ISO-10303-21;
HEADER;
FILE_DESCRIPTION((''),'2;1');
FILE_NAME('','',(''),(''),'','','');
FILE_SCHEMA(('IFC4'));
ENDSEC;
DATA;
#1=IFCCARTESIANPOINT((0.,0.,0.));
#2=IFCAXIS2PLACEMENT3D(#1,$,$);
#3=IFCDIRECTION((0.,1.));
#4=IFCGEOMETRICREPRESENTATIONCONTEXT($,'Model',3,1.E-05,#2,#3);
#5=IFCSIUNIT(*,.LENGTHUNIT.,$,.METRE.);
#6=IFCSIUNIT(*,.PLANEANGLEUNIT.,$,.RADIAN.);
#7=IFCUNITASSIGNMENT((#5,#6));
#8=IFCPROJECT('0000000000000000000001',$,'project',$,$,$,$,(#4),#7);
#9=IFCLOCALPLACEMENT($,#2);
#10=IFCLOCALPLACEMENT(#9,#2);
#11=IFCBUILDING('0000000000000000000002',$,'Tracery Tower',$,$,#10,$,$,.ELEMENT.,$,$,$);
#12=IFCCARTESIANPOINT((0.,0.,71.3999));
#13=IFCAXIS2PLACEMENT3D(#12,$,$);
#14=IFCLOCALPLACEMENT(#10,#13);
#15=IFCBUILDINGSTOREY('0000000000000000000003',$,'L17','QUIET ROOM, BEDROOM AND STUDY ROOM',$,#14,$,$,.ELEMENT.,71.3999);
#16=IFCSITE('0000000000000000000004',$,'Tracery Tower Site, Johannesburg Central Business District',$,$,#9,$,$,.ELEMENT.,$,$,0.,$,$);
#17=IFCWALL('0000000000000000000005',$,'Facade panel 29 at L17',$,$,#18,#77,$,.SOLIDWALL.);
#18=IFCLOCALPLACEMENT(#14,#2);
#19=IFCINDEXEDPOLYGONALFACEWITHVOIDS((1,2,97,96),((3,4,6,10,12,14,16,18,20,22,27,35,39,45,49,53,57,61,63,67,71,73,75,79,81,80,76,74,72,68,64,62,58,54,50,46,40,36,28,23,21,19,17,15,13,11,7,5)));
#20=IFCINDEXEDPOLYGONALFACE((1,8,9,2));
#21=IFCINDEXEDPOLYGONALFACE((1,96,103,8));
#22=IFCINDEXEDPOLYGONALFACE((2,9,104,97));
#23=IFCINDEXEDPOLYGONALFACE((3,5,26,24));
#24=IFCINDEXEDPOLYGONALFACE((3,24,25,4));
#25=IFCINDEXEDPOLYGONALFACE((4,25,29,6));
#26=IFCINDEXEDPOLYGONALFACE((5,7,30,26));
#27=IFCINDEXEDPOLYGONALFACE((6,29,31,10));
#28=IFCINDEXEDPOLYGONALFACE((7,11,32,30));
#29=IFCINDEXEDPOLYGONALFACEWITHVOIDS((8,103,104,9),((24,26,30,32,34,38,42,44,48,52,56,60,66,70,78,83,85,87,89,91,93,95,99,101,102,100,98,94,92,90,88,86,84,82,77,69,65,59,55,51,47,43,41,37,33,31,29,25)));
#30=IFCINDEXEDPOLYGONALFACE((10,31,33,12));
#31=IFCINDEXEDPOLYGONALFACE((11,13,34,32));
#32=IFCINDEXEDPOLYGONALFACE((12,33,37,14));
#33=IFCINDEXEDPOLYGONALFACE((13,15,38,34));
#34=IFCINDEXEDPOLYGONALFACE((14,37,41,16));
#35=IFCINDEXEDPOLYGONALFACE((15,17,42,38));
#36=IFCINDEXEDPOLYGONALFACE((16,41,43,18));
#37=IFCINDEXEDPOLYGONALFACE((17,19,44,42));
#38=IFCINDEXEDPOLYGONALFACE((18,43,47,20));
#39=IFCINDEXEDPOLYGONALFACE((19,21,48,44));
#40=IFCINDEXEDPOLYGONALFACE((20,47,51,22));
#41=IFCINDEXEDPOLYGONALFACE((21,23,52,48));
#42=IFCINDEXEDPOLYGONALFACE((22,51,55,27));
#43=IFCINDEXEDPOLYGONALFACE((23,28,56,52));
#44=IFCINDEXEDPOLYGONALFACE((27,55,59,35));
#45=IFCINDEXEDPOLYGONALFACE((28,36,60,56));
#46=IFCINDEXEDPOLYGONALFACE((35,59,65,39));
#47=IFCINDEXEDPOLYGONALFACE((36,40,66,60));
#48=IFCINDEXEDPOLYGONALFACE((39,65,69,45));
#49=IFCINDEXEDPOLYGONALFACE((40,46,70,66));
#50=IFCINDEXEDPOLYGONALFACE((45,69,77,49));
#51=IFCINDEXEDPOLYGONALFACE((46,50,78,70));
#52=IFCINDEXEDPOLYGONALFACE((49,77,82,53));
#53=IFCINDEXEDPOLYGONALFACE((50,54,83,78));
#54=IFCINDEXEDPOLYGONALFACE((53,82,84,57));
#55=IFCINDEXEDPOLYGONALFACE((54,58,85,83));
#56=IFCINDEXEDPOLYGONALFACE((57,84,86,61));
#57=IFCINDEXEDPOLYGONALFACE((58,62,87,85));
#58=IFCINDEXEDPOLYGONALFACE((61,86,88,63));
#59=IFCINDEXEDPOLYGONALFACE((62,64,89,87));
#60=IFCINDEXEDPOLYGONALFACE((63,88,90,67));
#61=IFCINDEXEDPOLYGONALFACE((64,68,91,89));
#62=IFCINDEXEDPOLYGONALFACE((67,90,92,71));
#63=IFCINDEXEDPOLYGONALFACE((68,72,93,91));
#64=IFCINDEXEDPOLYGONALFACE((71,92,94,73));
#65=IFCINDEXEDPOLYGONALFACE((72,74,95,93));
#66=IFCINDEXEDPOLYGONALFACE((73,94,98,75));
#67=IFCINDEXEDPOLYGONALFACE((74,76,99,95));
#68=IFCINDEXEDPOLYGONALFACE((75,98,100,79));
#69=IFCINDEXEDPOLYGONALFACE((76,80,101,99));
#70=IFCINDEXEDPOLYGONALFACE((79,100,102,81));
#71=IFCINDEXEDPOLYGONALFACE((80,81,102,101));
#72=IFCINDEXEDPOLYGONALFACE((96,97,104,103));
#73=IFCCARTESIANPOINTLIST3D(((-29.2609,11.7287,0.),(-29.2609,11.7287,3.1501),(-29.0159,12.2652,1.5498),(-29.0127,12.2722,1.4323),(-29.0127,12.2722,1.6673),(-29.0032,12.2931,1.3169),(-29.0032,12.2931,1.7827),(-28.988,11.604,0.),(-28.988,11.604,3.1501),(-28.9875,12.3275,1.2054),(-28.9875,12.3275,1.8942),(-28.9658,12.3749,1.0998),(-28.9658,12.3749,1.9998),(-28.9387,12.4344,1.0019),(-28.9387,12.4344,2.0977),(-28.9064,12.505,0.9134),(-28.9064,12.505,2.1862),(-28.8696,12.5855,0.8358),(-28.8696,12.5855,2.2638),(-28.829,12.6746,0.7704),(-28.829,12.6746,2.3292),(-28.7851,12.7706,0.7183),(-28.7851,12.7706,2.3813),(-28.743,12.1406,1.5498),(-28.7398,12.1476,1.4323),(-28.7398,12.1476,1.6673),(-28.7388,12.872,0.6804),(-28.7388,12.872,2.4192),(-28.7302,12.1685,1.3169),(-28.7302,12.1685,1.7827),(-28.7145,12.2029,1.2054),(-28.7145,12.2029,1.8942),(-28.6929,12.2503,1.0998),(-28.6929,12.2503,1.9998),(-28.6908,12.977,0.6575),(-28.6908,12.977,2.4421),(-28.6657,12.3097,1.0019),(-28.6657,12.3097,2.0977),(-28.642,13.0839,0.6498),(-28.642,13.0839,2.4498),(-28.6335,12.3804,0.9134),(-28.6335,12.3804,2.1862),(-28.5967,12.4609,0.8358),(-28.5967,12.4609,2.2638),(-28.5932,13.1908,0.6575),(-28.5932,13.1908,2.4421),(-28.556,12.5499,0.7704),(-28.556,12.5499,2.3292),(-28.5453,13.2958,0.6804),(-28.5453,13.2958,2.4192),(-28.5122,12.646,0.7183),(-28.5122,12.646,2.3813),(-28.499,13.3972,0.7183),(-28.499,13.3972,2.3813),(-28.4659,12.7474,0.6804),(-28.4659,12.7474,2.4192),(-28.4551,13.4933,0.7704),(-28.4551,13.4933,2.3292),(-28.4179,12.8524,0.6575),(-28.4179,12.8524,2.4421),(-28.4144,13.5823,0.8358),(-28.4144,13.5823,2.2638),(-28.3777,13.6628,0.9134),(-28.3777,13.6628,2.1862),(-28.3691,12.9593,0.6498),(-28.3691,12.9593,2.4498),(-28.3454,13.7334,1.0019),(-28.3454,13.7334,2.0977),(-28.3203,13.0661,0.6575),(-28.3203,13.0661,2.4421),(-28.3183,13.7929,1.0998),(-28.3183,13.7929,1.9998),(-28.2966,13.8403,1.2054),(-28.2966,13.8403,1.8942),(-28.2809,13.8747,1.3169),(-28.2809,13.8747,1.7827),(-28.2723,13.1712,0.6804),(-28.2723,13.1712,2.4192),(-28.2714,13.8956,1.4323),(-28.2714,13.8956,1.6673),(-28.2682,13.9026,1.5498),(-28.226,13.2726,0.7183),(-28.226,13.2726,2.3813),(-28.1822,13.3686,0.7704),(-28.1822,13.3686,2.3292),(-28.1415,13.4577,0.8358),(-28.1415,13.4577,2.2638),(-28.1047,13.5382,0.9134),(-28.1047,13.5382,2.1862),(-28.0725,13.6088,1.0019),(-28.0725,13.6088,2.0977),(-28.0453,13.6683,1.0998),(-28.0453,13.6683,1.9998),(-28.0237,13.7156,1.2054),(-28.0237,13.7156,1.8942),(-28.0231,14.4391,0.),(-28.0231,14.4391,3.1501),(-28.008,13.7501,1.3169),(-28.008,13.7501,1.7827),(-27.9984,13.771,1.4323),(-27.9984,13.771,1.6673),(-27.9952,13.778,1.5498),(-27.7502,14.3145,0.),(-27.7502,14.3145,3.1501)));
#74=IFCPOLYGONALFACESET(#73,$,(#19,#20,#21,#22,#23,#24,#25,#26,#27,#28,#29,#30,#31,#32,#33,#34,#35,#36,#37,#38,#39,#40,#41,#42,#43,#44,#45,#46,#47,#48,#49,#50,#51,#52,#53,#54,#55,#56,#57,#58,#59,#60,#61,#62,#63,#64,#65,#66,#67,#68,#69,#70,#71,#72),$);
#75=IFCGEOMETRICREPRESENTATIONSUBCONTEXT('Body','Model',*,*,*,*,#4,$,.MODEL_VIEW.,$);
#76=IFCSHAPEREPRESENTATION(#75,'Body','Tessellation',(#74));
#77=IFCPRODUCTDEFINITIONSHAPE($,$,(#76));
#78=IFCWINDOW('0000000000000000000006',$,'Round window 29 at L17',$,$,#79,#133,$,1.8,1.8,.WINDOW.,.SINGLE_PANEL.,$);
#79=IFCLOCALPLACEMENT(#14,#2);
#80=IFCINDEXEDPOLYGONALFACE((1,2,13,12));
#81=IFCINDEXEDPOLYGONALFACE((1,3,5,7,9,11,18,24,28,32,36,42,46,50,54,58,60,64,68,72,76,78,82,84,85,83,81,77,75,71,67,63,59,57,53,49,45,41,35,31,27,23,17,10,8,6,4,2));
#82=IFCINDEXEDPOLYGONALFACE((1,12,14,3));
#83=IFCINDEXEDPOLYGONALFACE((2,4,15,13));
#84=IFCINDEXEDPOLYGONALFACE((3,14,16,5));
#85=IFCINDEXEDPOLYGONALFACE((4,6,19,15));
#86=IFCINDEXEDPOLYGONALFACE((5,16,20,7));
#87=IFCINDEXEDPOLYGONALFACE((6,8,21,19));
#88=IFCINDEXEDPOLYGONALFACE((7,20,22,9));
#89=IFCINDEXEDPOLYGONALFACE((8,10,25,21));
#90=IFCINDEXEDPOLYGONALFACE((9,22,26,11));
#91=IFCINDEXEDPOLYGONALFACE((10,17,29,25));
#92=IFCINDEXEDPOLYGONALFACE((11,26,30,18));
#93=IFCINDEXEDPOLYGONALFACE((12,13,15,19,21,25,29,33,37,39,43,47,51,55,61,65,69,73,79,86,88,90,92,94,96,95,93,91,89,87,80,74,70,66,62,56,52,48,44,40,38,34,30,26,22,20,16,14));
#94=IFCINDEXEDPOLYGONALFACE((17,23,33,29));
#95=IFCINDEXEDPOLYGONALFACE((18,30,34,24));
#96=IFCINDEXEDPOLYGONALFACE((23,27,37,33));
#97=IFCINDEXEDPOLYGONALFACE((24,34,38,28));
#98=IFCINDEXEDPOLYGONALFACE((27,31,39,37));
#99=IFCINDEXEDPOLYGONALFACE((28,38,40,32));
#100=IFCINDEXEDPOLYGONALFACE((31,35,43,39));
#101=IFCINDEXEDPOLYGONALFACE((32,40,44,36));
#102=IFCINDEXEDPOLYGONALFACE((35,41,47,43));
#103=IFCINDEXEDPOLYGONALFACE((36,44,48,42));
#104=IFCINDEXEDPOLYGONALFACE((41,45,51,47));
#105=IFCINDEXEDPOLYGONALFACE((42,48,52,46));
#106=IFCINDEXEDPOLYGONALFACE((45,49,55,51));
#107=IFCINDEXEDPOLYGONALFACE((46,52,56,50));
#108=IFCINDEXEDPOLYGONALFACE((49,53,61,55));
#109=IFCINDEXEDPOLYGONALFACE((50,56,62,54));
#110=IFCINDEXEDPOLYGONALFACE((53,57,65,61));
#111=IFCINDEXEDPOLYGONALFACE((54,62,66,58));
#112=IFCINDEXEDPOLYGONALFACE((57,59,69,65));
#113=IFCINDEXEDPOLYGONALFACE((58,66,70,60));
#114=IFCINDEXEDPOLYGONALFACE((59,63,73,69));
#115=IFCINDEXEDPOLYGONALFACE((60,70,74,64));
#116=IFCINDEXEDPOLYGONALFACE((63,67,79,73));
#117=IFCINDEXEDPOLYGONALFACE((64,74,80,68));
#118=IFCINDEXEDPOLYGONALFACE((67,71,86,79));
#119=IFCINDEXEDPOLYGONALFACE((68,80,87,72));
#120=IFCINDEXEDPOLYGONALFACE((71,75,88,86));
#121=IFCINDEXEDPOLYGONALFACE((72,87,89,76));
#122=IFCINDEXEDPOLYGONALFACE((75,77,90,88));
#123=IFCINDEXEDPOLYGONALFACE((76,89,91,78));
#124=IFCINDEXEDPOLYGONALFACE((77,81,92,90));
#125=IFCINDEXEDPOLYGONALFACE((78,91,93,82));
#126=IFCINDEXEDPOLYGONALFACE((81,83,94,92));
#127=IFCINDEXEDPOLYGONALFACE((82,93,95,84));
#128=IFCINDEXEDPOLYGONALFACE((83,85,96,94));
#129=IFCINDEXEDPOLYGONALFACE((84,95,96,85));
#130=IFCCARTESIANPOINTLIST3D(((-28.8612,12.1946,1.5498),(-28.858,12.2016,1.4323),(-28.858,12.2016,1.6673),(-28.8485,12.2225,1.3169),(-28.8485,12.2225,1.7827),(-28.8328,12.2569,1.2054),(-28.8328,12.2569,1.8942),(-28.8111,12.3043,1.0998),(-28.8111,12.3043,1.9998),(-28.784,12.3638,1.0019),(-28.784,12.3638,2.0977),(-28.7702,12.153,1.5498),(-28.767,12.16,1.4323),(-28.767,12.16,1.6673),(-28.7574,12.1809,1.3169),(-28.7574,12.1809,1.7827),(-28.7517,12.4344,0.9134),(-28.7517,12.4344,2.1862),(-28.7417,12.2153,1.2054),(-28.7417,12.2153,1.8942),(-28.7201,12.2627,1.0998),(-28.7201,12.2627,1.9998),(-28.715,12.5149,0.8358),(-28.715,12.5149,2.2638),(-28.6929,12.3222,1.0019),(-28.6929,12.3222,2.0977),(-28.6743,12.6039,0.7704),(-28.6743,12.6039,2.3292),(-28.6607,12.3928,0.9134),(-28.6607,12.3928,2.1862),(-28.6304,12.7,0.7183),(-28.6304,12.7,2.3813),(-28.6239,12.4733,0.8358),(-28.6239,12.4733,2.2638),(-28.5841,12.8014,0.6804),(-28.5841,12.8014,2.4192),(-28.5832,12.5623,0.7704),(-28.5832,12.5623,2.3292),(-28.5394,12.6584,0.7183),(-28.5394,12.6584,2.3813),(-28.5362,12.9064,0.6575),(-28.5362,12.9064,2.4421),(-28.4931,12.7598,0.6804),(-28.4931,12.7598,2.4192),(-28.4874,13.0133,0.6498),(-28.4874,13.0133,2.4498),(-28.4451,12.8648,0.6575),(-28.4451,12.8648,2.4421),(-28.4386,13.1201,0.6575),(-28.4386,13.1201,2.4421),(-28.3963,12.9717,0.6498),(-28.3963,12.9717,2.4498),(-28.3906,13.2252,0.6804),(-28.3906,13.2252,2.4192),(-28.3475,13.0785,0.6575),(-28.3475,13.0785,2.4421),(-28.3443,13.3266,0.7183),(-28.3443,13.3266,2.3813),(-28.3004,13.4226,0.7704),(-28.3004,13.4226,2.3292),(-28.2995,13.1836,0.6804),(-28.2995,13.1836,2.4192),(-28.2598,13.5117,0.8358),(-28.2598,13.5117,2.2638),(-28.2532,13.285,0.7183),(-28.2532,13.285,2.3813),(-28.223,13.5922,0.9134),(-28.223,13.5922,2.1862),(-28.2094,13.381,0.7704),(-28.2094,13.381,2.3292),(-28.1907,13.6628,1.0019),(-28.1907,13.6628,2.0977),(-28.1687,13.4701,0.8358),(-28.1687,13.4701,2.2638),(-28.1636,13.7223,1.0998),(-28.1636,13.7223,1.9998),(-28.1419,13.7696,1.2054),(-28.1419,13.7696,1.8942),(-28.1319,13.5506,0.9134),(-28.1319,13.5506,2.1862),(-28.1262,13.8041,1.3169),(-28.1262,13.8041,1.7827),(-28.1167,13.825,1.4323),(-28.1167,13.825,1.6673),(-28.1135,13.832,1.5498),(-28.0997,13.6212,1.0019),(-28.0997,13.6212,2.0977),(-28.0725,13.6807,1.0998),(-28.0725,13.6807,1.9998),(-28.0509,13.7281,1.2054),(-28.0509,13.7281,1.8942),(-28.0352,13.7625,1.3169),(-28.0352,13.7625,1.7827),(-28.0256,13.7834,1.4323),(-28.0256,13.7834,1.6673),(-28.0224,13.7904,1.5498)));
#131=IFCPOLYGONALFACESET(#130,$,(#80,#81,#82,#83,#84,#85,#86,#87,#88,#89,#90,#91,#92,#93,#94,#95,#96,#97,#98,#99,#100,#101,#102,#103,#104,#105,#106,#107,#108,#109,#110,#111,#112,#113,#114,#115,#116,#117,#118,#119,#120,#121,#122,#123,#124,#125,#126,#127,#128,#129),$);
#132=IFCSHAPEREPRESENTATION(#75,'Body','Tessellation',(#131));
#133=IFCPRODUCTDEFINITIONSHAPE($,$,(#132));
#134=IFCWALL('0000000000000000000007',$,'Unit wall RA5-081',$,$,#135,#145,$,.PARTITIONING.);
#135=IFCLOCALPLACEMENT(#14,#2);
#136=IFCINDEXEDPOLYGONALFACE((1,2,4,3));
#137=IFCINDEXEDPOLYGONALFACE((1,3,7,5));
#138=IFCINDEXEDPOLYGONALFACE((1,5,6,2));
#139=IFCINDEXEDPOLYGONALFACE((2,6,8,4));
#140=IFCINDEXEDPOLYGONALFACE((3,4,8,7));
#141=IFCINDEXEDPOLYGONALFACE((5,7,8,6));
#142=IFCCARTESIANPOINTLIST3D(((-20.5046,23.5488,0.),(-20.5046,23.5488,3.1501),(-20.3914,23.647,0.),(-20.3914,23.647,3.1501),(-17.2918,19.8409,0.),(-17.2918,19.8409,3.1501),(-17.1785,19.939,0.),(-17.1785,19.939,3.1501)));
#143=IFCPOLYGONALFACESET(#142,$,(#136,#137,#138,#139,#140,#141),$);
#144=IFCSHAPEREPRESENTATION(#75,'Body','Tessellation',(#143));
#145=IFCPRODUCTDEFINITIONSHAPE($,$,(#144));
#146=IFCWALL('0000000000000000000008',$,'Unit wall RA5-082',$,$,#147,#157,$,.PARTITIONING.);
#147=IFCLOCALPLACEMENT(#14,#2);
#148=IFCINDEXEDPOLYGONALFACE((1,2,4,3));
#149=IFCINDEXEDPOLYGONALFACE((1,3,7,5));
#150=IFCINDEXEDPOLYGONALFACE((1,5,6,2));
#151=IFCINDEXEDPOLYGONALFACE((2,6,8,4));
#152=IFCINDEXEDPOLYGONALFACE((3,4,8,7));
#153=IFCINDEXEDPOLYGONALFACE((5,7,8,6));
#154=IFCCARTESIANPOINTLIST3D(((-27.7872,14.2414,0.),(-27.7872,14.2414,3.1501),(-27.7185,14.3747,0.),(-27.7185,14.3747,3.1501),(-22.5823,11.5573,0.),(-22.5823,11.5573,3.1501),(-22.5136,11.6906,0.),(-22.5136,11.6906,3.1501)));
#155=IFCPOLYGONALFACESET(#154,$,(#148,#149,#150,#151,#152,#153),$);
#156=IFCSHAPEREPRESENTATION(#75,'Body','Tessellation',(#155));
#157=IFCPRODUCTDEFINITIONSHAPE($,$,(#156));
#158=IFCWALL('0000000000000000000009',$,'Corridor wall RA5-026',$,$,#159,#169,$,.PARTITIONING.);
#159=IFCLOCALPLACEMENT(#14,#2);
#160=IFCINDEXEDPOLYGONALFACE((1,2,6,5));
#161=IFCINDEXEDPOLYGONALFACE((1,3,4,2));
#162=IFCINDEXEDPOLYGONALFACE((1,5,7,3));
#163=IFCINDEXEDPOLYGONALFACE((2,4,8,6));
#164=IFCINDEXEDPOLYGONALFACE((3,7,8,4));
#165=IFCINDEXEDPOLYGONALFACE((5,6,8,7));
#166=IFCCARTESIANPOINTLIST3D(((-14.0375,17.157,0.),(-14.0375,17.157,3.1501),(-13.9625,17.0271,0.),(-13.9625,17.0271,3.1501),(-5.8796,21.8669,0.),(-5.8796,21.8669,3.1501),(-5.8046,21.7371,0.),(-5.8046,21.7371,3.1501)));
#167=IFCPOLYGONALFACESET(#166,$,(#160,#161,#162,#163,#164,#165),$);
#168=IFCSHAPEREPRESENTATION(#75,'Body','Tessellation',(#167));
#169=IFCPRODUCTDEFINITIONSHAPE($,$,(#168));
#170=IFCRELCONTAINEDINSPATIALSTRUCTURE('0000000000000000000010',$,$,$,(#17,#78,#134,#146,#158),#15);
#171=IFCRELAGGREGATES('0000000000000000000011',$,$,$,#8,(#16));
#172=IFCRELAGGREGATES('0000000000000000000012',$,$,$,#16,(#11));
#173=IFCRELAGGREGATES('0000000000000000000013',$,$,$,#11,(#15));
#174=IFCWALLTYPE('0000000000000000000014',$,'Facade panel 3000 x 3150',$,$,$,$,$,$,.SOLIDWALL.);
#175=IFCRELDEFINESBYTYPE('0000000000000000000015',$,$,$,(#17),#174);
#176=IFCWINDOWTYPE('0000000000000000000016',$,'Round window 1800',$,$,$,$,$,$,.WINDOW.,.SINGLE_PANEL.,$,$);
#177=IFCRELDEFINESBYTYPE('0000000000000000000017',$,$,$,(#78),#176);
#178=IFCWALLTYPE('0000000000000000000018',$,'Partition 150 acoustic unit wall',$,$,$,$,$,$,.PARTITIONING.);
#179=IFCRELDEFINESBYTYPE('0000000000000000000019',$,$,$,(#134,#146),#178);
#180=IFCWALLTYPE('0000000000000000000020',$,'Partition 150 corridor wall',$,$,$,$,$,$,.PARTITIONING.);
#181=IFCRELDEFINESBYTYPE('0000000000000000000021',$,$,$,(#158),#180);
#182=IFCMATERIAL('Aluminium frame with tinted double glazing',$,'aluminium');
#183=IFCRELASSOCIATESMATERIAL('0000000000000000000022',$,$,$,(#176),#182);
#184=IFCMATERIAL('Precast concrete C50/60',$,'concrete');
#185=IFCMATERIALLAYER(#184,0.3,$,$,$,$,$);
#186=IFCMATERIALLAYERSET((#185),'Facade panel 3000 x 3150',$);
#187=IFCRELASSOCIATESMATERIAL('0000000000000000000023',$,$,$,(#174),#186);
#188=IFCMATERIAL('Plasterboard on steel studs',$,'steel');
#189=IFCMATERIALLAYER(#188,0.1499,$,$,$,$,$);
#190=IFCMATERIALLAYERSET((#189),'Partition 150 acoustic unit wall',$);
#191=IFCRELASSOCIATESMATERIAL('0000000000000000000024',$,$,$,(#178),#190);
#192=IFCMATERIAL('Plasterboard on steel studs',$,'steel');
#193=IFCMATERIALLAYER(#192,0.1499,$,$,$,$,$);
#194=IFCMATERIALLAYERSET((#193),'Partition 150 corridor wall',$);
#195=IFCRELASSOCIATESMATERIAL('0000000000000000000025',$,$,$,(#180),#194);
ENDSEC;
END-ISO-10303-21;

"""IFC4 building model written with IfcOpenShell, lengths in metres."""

from ifc_helpers import new_model, si_unit, direction, frame, frame_2d, origin, origin_2d, place, context, subcontext, project, spatial, rectangle, circle, extrude, material, layer, layer_set, type_object, element, fill, save


model = new_model("IFC4")

# Units and contexts
model_context = context("Model", 3, precision=1e-05, world=origin(), true_north=direction((0.0, 1.0)))
body_context = subcontext(model_context, "Body", "Model", "MODEL_VIEW")
ifc_project = project(units=[si_unit("LENGTHUNIT", "METRE"), si_unit("PLANEANGLEUNIT", "RADIAN")], contexts=[model_context])

# Site, building, storey
site_placement = place(None, origin())
site = spatial("IfcSite", under=ifc_project, at=site_placement, Name="Tracery Tower Site, Johannesburg Central Business District", CompositionType="ELEMENT", RefElevation=0.0)
building_placement = place(site_placement, origin())
building = spatial("IfcBuilding", under=site, at=building_placement, Name="Tracery Tower", CompositionType="ELEMENT")
storey_placement = place(building_placement, frame((0.0, 0.0, 71.3999)))
storey = spatial("IfcBuildingStorey", under=building, at=storey_placement, Name="L17", Description="QUIET ROOM, BEDROOM AND STUDY ROOM", CompositionType="ELEMENT", Elevation=71.3999)

# Wall, opening, window
ifc_material_1 = material(Name="Aluminium frame with tinted double glazing", Category="aluminium")
window_type = type_object("IfcWindowType", Name="Round window 1800", PartitioningType="SINGLE_PANEL", PredefinedType="WINDOW", material=ifc_material_1)
ifc_material_2 = material(Name="Precast concrete C50/60", Category="concrete")
ifc_layer_1 = layer(ifc_material_2, 0.3)
ifc_layer_set_1 = layer_set([ifc_layer_1], Name="Facade panel 3000 x 3150")
wall_type_1 = type_object("IfcWallType", Name="Facade panel 3000 x 3150", PredefinedType="SOLIDWALL", material=ifc_layer_set_1)
wall_1_placement = place(storey_placement, frame((-27.8867, 14.3767, 0.0), z_axis=(0.0, 0.0, 1.0), x_axis=(-0.415407, -0.909636, 0.0)))
wall_1 = element("IfcWall", 1, at=wall_1_placement, inside=storey, type_object=wall_type_1, Name="Facade panel 29 at L17", PredefinedType="SOLIDWALL", context=body_context, shape_type="SweptSolid", body=[
    extrude(rectangle(XDim=2.9797, YDim=0.3, at=frame_2d((1.4897, 0.0))), origin(), (0.0, 0.0, 1.0), 3.1501),
])
opening_1_placement = place(wall_1_placement, frame((1.4897, 0.0, 1.5498)))
opening_1 = element("IfcOpeningElement", 2, at=opening_1_placement, cuts=wall_1, PredefinedType="OPENING", context=body_context, shape_type="SweptSolid", body=[
    extrude(circle(Radius=0.9, at=origin_2d()), frame((0.0, 0.1599, 0.0), z_axis=(0.0, -1.0, 0.0), x_axis=(1.0, 0.0, 0.0)), (0.0, 0.0, 1.0), 0.3201),
])
window_1_placement = place(opening_1_placement, origin())
window_1 = element("IfcWindow", 3, at=window_1_placement, inside=storey, type_object=window_type, Name="Round window 29 at L17", OverallHeight=1.8, OverallWidth=1.8, PartitioningType="SINGLE_PANEL", PredefinedType="WINDOW", context=body_context, shape_type="SweptSolid", body=[
    extrude(circle(Radius=0.9, at=origin_2d()), frame((0.0, 0.1201, 0.0), z_axis=(0.0, -1.0, 0.0), x_axis=(1.0, 0.0, 0.0)), (0.0, 0.0, 1.0), 0.1001),
])
fill(opening_1, window_1)

# Walls
ifc_material_3 = material(Name="Plasterboard on steel studs", Category="steel")
ifc_layer_2 = layer(ifc_material_3, 0.1499)
ifc_layer_set_2 = layer_set([ifc_layer_2], Name="Partition 150 acoustic unit wall")
wall_type_2 = type_object("IfcWallType", Name="Partition 150 acoustic unit wall", PredefinedType="PARTITIONING", material=ifc_layer_set_2)
wall_2_placement = place(storey_placement, frame((-20.448, 23.5979, 0.0), z_axis=(0.0, 0.0, 1.0), x_axis=(0.654847, -0.755761, 0.0)))
element("IfcWall", 4, at=wall_2_placement, inside=storey, type_object=wall_type_2, Name="Unit wall RA5-081", PredefinedType="PARTITIONING", context=body_context, shape_type="SweptSolid", body=[
    extrude(rectangle(XDim=4.9062, YDim=0.1499, at=frame_2d((2.4531, 0.0))), origin(), (0.0, 0.0, 1.0), 3.1501),
])
wall_3_placement = place(storey_placement, frame((-27.7529, 14.3081, 0.0), z_axis=(0.0, 0.0, 1.0), x_axis=(0.88878, -0.458335, 0.0)))
element("IfcWall", 5, at=wall_3_placement, inside=storey, type_object=wall_type_2, Name="Unit wall RA5-082", PredefinedType="PARTITIONING", context=body_context, shape_type="SweptSolid", body=[
    extrude(rectangle(XDim=5.8562, YDim=0.1499, at=frame_2d((2.9282, 0.0))), origin(), (0.0, 0.0, 1.0), 3.1501),
])
ifc_material_4 = material(Name="Plasterboard on steel studs", Category="steel")
ifc_layer_3 = layer(ifc_material_4, 0.1499)
ifc_layer_set_3 = layer_set([ifc_layer_3], Name="Partition 150 corridor wall")
wall_type_3 = type_object("IfcWallType", Name="Partition 150 corridor wall", PredefinedType="PARTITIONING", material=ifc_layer_set_3)
wall_4_placement = place(storey_placement, frame((-14.0, 17.092, 0.0), z_axis=(0.0, 0.0, 1.0), x_axis=(0.866027, 0.499997, 0.0)))
element("IfcWall", 6, at=wall_4_placement, inside=storey, type_object=wall_type_3, Name="Corridor wall RA5-026", PredefinedType="PARTITIONING", context=body_context, shape_type="SweptSolid", body=[
    extrude(rectangle(XDim=9.4199, YDim=0.1499, at=frame_2d((4.71, 0.0))), origin(), (0.0, 0.0, 1.0), 3.1501),
])

save(model, "model.ifc")
